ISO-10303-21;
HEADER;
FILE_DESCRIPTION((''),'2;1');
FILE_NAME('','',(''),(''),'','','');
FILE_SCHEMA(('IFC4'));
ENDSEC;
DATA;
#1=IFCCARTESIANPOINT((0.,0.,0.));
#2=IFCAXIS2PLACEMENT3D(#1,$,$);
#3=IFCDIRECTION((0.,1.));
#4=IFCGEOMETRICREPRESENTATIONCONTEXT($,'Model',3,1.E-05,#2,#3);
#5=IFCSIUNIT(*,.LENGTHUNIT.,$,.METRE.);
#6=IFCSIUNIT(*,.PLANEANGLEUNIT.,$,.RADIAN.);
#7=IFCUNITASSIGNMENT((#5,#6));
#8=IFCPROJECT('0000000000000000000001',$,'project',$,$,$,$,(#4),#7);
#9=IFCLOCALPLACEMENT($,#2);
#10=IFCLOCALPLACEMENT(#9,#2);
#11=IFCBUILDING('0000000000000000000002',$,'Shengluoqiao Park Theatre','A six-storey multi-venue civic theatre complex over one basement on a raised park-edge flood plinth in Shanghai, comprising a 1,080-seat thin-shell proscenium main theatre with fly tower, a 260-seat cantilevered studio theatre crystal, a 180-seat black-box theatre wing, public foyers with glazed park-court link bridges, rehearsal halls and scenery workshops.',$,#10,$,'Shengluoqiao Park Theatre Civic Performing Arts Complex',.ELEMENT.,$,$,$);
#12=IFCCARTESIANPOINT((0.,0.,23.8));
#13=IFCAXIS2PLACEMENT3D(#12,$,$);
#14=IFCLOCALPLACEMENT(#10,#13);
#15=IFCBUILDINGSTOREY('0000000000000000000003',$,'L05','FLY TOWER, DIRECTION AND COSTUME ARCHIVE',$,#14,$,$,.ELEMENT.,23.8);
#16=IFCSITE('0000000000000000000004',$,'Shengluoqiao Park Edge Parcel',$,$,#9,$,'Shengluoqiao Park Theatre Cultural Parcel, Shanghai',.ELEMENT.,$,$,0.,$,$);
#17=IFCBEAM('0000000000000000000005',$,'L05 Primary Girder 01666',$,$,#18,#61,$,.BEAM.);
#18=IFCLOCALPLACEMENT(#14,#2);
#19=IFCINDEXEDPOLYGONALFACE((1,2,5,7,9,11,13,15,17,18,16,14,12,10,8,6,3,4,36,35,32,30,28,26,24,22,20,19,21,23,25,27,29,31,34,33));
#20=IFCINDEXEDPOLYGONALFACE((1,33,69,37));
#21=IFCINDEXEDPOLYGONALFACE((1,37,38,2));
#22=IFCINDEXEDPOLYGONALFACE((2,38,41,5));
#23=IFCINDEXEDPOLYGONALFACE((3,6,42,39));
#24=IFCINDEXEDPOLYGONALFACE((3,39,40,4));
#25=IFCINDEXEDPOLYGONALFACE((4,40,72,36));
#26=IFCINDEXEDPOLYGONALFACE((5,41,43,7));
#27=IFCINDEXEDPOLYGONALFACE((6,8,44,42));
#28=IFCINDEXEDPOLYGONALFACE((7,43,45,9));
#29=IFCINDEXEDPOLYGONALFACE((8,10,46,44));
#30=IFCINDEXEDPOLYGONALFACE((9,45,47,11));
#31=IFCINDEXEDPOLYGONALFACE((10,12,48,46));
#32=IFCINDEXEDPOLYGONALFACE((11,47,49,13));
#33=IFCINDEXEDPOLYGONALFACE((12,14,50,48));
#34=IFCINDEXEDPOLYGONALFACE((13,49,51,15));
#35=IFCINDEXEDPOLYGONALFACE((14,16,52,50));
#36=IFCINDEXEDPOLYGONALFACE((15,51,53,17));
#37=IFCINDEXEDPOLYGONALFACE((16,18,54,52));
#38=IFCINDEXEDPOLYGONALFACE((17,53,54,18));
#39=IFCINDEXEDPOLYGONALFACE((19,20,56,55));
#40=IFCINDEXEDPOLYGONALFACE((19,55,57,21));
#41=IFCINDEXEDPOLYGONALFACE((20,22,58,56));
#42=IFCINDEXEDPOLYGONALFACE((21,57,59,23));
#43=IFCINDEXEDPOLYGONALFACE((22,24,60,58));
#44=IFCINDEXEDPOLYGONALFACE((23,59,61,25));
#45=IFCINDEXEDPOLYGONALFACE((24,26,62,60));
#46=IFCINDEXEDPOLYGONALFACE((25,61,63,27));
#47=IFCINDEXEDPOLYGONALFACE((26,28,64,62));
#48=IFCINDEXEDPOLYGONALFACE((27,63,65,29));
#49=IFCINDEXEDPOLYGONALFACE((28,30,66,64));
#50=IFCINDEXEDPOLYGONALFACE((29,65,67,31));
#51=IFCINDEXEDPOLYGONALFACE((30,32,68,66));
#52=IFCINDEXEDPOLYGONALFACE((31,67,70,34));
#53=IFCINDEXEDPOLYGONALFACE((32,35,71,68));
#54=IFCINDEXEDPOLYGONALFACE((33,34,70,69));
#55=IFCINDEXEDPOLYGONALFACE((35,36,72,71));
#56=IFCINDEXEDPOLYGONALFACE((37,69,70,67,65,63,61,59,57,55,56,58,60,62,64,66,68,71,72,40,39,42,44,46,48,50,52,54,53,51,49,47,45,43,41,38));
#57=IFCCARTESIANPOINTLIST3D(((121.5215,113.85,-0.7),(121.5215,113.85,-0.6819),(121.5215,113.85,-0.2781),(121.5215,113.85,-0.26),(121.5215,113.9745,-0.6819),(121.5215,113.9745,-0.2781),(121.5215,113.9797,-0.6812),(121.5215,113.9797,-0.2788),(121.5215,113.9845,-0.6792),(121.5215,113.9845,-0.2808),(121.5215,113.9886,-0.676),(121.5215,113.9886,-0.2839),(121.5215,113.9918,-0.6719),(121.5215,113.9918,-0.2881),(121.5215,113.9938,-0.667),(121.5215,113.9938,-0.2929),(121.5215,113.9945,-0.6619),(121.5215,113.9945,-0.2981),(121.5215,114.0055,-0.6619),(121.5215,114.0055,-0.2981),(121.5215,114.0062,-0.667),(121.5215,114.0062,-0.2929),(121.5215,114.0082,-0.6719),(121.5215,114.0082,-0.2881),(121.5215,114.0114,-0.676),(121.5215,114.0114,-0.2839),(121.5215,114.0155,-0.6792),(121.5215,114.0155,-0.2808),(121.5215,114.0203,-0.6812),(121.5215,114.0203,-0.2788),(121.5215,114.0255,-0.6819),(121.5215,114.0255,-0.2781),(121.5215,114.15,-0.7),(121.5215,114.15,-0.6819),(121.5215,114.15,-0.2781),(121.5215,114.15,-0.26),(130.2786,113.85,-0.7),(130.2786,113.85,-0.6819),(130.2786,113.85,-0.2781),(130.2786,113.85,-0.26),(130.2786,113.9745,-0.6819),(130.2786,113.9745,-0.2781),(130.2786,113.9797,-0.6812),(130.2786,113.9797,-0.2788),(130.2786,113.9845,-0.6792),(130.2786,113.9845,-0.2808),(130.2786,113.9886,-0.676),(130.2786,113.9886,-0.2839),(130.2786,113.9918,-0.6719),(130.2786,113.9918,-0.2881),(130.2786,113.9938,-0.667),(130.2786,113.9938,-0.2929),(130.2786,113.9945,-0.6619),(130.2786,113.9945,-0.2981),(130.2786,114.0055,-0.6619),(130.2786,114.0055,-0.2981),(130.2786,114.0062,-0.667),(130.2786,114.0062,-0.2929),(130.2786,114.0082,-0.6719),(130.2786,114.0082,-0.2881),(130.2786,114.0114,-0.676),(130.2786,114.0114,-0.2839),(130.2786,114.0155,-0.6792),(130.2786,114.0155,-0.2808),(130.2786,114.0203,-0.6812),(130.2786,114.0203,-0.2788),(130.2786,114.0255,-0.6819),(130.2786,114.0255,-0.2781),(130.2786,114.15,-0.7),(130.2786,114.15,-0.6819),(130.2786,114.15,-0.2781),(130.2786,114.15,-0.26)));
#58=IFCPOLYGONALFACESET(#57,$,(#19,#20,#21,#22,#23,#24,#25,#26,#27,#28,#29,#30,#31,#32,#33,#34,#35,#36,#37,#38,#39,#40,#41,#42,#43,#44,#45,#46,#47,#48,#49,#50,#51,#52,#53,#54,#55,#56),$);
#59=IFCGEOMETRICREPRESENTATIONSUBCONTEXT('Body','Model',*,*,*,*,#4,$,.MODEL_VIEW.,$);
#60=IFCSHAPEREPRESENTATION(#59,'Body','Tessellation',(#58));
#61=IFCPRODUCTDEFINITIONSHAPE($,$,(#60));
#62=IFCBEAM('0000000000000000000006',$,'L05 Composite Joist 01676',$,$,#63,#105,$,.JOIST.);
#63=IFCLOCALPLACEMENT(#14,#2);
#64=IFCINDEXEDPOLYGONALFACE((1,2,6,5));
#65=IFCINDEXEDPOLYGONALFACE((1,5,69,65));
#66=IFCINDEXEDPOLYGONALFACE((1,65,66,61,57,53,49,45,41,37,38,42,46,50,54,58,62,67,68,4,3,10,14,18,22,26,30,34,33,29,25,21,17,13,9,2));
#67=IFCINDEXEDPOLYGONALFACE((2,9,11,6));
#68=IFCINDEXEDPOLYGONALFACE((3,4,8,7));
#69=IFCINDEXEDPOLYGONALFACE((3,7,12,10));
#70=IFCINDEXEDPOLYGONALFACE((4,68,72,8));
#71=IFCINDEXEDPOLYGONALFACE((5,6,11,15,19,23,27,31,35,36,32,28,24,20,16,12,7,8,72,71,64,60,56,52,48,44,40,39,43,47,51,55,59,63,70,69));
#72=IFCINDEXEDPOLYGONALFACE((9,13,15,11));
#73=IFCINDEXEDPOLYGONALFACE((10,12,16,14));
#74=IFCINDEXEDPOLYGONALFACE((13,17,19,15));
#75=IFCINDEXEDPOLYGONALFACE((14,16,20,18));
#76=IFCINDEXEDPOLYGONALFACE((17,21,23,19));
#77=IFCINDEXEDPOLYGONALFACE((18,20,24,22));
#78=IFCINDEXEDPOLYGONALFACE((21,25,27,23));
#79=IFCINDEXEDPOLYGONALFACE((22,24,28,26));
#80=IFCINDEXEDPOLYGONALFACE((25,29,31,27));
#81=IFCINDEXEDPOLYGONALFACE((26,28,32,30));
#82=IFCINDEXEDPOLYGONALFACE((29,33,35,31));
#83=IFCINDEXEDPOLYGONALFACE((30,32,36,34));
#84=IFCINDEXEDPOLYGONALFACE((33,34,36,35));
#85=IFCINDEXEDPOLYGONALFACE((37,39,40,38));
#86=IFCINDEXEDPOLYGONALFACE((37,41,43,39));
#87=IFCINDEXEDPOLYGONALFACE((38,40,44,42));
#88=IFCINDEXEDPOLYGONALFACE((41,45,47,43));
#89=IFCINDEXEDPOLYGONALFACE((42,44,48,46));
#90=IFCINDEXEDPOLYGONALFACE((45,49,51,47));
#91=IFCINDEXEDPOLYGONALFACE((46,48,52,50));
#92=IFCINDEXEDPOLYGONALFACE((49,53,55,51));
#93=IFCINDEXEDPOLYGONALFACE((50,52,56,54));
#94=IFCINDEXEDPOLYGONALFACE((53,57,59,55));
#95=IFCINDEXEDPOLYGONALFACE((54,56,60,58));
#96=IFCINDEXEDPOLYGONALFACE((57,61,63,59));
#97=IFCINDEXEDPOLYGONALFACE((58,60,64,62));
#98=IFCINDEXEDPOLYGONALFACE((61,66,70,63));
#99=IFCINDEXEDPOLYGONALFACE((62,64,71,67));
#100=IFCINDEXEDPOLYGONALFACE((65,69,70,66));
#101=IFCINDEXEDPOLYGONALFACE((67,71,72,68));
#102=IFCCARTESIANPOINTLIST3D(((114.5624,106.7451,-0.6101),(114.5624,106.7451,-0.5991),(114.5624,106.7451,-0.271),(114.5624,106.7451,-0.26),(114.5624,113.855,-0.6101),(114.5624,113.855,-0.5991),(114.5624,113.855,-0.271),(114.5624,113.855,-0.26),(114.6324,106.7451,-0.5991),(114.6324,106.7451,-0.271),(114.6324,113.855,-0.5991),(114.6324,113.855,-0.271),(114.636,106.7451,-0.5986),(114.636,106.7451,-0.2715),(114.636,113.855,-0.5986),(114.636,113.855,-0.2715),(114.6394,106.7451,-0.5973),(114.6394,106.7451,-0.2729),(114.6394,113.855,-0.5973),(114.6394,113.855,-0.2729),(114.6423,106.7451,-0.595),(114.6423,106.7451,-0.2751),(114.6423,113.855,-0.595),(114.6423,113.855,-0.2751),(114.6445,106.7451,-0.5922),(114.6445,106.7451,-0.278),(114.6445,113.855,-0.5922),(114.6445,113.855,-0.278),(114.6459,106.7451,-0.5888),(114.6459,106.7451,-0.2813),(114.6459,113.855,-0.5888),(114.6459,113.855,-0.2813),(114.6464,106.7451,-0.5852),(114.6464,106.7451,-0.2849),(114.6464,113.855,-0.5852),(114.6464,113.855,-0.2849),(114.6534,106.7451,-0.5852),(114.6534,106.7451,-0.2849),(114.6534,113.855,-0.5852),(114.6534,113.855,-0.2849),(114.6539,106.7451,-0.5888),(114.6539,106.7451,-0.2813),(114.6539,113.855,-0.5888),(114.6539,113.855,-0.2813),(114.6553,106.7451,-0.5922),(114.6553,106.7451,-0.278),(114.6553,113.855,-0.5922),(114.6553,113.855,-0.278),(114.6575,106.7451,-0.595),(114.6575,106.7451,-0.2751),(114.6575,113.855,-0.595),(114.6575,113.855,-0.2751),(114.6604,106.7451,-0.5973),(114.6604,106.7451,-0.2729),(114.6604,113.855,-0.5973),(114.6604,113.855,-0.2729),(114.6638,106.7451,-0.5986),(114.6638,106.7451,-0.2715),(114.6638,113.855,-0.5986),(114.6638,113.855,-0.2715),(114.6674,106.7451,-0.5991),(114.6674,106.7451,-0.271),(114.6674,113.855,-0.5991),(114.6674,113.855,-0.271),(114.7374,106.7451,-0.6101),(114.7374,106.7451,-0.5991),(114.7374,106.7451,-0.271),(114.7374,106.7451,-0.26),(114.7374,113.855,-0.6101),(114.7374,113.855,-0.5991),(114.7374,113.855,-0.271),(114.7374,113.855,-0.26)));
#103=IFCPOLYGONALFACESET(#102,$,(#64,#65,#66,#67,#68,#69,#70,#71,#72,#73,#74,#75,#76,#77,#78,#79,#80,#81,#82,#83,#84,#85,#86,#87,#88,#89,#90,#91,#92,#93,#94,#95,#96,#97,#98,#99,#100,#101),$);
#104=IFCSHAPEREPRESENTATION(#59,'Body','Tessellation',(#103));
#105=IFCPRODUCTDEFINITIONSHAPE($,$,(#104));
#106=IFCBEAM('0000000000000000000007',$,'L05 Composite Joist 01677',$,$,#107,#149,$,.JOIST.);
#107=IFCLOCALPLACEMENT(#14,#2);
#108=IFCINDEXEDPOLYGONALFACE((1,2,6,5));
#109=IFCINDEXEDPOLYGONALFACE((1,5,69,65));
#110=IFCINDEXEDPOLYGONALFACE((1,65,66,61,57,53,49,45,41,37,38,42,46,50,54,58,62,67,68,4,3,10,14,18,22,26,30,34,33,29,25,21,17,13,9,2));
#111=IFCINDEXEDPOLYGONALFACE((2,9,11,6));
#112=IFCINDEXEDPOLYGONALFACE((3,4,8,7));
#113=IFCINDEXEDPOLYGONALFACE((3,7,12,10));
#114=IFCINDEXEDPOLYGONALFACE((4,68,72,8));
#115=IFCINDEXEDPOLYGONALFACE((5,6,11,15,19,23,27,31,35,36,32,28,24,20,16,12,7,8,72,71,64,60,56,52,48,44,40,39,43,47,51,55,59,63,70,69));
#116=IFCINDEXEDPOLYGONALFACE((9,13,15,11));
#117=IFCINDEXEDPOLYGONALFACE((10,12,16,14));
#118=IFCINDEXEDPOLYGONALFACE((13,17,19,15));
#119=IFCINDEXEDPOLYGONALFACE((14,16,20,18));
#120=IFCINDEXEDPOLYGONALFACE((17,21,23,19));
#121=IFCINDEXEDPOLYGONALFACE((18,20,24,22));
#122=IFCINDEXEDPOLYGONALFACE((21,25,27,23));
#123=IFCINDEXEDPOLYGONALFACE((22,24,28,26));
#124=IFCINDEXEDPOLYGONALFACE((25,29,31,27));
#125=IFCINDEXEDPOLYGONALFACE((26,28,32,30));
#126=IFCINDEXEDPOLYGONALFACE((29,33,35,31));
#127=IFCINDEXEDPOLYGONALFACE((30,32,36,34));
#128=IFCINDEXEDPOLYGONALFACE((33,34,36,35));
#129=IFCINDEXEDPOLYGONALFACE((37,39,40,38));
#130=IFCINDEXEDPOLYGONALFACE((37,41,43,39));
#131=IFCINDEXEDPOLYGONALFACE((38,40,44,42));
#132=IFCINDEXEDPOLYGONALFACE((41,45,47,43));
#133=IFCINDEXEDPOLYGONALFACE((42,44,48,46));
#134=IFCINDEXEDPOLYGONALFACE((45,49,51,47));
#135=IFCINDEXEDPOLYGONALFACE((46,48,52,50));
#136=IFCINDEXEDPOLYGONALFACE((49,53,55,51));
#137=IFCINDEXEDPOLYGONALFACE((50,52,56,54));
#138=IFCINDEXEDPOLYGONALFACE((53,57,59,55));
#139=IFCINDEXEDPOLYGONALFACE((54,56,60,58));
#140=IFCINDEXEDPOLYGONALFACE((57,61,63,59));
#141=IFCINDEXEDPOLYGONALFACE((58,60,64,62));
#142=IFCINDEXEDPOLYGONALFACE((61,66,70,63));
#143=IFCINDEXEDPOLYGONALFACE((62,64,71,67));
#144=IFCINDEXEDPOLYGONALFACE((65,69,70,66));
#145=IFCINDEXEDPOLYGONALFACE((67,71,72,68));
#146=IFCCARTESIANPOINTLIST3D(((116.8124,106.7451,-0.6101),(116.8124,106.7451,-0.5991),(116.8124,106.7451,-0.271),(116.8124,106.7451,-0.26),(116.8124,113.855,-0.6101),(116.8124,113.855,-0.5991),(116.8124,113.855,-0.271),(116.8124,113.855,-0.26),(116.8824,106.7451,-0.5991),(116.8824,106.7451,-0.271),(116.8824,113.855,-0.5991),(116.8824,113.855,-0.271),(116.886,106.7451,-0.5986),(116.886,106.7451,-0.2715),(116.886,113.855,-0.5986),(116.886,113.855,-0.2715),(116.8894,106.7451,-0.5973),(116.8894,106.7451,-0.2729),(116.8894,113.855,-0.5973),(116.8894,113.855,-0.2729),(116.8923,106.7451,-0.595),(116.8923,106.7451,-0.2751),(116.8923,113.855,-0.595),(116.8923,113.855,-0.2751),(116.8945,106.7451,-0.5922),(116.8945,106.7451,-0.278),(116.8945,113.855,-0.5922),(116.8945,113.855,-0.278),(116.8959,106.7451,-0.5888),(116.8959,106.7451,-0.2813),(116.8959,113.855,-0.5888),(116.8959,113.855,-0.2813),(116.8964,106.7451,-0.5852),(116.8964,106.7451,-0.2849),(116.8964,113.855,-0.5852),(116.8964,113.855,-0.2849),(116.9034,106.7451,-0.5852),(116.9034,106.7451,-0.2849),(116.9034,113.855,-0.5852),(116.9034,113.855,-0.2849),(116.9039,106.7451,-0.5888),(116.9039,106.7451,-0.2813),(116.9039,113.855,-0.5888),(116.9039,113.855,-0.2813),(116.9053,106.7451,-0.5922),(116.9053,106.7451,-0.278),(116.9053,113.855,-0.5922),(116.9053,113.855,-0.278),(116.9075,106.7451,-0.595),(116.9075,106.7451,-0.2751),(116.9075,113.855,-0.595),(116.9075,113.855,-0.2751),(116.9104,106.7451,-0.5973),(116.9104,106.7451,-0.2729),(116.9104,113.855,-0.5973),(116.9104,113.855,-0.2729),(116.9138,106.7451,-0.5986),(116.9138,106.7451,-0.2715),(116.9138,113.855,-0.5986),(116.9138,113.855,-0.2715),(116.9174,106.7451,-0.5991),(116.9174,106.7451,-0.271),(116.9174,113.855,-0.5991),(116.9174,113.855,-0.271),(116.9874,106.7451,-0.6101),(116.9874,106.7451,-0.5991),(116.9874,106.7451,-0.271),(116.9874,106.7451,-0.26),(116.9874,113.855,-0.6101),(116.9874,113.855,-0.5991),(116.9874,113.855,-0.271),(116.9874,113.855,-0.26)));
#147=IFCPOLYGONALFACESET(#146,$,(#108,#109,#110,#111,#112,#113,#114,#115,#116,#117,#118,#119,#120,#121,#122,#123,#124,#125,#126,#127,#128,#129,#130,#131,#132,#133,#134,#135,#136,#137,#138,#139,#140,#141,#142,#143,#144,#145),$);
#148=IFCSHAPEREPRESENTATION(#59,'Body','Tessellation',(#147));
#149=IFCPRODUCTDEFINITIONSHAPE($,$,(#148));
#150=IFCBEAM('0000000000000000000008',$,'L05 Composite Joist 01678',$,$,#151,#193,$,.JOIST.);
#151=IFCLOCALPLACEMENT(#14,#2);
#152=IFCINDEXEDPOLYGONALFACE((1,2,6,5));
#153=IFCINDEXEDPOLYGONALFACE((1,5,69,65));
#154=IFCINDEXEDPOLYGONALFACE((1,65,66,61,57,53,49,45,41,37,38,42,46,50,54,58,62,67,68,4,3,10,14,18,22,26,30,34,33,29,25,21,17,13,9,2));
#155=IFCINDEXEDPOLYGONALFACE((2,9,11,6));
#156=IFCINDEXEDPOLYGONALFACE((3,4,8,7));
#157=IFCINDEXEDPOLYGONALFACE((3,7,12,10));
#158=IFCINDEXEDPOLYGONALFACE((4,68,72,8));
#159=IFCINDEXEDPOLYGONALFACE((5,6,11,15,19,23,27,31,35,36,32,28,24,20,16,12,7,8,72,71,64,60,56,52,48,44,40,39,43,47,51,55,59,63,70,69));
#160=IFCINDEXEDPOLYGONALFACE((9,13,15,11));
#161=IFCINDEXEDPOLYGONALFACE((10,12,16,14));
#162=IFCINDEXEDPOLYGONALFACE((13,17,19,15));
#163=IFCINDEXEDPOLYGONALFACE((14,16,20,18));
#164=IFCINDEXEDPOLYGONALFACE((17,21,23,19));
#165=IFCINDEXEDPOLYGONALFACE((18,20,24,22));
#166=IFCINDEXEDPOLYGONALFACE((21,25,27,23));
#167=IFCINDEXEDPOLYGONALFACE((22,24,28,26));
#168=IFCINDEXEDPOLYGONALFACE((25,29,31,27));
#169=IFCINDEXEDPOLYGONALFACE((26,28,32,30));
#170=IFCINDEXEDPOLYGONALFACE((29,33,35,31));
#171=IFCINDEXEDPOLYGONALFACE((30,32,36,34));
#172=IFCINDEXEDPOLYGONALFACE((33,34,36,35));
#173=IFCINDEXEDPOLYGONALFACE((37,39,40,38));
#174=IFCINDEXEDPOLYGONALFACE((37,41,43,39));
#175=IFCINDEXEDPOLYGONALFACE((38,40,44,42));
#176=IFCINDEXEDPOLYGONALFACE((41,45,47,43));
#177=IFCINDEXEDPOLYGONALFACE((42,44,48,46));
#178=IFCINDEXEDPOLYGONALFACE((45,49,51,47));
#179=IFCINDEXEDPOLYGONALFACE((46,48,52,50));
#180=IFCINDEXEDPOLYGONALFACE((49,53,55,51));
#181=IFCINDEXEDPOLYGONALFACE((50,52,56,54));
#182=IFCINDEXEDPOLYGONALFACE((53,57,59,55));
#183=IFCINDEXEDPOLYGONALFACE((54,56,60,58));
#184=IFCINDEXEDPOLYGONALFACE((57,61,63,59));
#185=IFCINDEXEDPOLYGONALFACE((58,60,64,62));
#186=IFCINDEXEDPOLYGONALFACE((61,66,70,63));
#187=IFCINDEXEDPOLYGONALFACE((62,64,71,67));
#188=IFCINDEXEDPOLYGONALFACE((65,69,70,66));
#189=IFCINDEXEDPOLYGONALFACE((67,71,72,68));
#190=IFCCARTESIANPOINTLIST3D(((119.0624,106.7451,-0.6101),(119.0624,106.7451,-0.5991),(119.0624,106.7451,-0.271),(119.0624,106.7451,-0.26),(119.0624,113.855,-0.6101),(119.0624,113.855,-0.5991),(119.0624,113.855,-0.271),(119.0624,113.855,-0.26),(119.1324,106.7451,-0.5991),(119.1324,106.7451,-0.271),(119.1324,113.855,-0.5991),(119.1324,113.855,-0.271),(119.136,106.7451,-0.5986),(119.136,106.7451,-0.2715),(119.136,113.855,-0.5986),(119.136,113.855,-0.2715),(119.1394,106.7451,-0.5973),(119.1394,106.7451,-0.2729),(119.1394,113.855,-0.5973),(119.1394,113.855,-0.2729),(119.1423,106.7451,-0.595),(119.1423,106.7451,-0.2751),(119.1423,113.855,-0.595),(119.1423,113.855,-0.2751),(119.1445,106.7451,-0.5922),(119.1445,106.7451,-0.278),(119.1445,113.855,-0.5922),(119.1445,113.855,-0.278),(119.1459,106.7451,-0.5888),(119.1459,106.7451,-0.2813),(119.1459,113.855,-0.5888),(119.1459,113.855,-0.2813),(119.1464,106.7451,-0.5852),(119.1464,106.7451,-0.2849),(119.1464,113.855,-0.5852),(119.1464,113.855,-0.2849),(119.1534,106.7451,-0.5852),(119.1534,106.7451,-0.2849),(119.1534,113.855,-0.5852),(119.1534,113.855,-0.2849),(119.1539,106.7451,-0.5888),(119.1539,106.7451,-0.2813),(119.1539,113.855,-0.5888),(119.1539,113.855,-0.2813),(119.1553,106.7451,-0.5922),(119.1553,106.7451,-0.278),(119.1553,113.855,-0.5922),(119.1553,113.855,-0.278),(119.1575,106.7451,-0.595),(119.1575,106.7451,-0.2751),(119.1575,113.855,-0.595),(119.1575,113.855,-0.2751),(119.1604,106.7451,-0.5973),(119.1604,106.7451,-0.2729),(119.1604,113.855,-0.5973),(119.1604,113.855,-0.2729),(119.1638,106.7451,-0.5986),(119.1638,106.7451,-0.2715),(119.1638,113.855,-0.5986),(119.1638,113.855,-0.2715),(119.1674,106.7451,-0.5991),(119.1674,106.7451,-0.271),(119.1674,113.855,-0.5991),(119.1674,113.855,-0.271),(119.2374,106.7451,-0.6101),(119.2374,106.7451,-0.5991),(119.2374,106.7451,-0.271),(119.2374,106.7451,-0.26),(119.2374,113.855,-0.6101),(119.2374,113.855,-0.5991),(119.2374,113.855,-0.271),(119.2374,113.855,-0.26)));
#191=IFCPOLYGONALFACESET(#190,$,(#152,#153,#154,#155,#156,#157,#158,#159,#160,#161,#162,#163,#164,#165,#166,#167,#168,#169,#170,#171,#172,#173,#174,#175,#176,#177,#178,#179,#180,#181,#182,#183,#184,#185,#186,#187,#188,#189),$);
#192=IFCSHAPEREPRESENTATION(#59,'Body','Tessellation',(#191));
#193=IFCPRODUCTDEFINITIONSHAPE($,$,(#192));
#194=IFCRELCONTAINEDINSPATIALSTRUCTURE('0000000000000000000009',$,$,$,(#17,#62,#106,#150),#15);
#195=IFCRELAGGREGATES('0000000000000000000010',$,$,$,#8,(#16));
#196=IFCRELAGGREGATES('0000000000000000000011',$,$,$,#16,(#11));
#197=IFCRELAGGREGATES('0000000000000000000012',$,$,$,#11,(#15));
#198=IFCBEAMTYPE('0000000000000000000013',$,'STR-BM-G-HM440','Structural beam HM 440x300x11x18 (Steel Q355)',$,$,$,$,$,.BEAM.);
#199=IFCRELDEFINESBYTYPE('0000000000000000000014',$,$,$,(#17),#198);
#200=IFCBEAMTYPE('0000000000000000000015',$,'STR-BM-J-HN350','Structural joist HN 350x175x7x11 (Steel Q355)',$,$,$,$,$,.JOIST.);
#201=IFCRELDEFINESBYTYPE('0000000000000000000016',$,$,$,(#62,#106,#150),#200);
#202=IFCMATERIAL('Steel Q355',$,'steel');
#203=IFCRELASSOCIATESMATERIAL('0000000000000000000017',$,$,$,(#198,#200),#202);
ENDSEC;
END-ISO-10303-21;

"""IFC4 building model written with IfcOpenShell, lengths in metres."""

from ifc_helpers import new_model, si_unit, direction, frame, origin, origin_2d, place, context, subcontext, project, spatial, i_section, extrude, material, material_profile, profile_set, type_object, element, save


model = new_model("IFC4")

# Units and contexts
model_context = context("Model", 3, precision=1e-05, world=origin(), true_north=direction((0.0, 1.0)))
body_context = subcontext(model_context, "Body", "Model", "MODEL_VIEW")
ifc_project = project(units=[si_unit("LENGTHUNIT", "METRE"), si_unit("PLANEANGLEUNIT", "RADIAN")], contexts=[model_context])

# Site, building, storey
site_placement = place(None, origin())
site = spatial("IfcSite", under=ifc_project, at=site_placement, Name="Shengluoqiao Park Edge Parcel", LongName="Shengluoqiao Park Theatre Cultural Parcel, Shanghai", CompositionType="ELEMENT", RefElevation=0.0)
building_placement = place(site_placement, origin())
building = spatial("IfcBuilding", under=site, at=building_placement, Name="Shengluoqiao Park Theatre", Description="A six-storey multi-venue civic theatre complex over one basement on a raised park-edge flood plinth in Shanghai, comprising a 1,080-seat thin-shell proscenium main theatre with fly tower, a 260-seat cantilevered studio theatre crystal, a 180-seat black-box theatre wing, public foyers with glazed park-court link bridges, rehearsal halls and scenery workshops.", LongName="Shengluoqiao Park Theatre Civic Performing Arts Complex", CompositionType="ELEMENT")
storey_placement = place(building_placement, frame((0.0, 0.0, 23.8)))
storey = spatial("IfcBuildingStorey", under=building, at=storey_placement, Name="L05", Description="FLY TOWER, DIRECTION AND COSTUME ARCHIVE", CompositionType="ELEMENT", Elevation=23.8)

# Shared definitions
ifc_material_1 = material(Name="Steel Q355", Category="steel")

# Beams
ifc_material_profile_1 = material_profile(ifc_material_1, i_section(OverallWidth=0.3, OverallDepth=0.4399, WebThickness=0.011, FlangeThickness=0.0181, FilletRadius=0.02, at=origin_2d()), Name="HM 440x300x11x18")
ifc_profile_set_1 = profile_set([ifc_material_profile_1], Name="Steel Q355")
beam_type_1 = type_object("IfcBeamType", Name="STR-BM-G-HM440", Description="Structural beam HM 440x300x11x18 (Steel Q355)", PredefinedType="BEAM", material=ifc_profile_set_1)
for number, where, z_axis, x_axis, name in (
    (1, (121.5215, 114.0, -0.48), (1.0, 0.0, 0.0), (0.0, 1.0, 0.0), "L05 Primary Girder 01666"),
):
    element("IfcBeam", number, at=place(storey_placement, frame(where, z_axis=z_axis, x_axis=x_axis)), inside=storey, type_object=beam_type_1, Name=name, PredefinedType="BEAM", context=body_context, shape_type="SweptSolid", body=[
        extrude(i_section(OverallWidth=0.3, OverallDepth=0.4399, WebThickness=0.011, FlangeThickness=0.0181, FilletRadius=0.02, at=origin_2d()), origin(), (0.0, 0.0, 1.0), 8.7571),
    ])
ifc_material_profile_2 = material_profile(ifc_material_1, i_section(OverallWidth=0.175, OverallDepth=0.3501, WebThickness=0.0071, FlangeThickness=0.011, FilletRadius=0.0139, at=origin_2d()), Name="HN 350x175x7x11")
ifc_profile_set_2 = profile_set([ifc_material_profile_2], Name="Steel Q355")
beam_type_2 = type_object("IfcBeamType", Name="STR-BM-J-HN350", Description="Structural joist HN 350x175x7x11 (Steel Q355)", PredefinedType="JOIST", material=ifc_profile_set_2)
for number, where, z_axis, x_axis, name in (
    (2, (114.6499, 106.7451, -0.4351), (0.0, 1.0, 0.0), (-1.0, 0.0, 0.0), "L05 Composite Joist 01676"),
    (3, (116.8999, 106.7451, -0.4351), (0.0, 1.0, 0.0), (-1.0, 0.0, 0.0), "L05 Composite Joist 01677"),
    (4, (119.1499, 106.7451, -0.4351), (0.0, 1.0, 0.0), (-1.0, 0.0, 0.0), "L05 Composite Joist 01678"),
):
    element("IfcBeam", number, at=place(storey_placement, frame(where, z_axis=z_axis, x_axis=x_axis)), inside=storey, type_object=beam_type_2, Name=name, PredefinedType="JOIST", context=body_context, shape_type="SweptSolid", body=[
        extrude(i_section(OverallWidth=0.175, OverallDepth=0.3501, WebThickness=0.0071, FlangeThickness=0.011, FilletRadius=0.0139, at=origin_2d()), origin(), (0.0, 0.0, 1.0), 7.1099),
    ])

save(model, "model.ifc")
